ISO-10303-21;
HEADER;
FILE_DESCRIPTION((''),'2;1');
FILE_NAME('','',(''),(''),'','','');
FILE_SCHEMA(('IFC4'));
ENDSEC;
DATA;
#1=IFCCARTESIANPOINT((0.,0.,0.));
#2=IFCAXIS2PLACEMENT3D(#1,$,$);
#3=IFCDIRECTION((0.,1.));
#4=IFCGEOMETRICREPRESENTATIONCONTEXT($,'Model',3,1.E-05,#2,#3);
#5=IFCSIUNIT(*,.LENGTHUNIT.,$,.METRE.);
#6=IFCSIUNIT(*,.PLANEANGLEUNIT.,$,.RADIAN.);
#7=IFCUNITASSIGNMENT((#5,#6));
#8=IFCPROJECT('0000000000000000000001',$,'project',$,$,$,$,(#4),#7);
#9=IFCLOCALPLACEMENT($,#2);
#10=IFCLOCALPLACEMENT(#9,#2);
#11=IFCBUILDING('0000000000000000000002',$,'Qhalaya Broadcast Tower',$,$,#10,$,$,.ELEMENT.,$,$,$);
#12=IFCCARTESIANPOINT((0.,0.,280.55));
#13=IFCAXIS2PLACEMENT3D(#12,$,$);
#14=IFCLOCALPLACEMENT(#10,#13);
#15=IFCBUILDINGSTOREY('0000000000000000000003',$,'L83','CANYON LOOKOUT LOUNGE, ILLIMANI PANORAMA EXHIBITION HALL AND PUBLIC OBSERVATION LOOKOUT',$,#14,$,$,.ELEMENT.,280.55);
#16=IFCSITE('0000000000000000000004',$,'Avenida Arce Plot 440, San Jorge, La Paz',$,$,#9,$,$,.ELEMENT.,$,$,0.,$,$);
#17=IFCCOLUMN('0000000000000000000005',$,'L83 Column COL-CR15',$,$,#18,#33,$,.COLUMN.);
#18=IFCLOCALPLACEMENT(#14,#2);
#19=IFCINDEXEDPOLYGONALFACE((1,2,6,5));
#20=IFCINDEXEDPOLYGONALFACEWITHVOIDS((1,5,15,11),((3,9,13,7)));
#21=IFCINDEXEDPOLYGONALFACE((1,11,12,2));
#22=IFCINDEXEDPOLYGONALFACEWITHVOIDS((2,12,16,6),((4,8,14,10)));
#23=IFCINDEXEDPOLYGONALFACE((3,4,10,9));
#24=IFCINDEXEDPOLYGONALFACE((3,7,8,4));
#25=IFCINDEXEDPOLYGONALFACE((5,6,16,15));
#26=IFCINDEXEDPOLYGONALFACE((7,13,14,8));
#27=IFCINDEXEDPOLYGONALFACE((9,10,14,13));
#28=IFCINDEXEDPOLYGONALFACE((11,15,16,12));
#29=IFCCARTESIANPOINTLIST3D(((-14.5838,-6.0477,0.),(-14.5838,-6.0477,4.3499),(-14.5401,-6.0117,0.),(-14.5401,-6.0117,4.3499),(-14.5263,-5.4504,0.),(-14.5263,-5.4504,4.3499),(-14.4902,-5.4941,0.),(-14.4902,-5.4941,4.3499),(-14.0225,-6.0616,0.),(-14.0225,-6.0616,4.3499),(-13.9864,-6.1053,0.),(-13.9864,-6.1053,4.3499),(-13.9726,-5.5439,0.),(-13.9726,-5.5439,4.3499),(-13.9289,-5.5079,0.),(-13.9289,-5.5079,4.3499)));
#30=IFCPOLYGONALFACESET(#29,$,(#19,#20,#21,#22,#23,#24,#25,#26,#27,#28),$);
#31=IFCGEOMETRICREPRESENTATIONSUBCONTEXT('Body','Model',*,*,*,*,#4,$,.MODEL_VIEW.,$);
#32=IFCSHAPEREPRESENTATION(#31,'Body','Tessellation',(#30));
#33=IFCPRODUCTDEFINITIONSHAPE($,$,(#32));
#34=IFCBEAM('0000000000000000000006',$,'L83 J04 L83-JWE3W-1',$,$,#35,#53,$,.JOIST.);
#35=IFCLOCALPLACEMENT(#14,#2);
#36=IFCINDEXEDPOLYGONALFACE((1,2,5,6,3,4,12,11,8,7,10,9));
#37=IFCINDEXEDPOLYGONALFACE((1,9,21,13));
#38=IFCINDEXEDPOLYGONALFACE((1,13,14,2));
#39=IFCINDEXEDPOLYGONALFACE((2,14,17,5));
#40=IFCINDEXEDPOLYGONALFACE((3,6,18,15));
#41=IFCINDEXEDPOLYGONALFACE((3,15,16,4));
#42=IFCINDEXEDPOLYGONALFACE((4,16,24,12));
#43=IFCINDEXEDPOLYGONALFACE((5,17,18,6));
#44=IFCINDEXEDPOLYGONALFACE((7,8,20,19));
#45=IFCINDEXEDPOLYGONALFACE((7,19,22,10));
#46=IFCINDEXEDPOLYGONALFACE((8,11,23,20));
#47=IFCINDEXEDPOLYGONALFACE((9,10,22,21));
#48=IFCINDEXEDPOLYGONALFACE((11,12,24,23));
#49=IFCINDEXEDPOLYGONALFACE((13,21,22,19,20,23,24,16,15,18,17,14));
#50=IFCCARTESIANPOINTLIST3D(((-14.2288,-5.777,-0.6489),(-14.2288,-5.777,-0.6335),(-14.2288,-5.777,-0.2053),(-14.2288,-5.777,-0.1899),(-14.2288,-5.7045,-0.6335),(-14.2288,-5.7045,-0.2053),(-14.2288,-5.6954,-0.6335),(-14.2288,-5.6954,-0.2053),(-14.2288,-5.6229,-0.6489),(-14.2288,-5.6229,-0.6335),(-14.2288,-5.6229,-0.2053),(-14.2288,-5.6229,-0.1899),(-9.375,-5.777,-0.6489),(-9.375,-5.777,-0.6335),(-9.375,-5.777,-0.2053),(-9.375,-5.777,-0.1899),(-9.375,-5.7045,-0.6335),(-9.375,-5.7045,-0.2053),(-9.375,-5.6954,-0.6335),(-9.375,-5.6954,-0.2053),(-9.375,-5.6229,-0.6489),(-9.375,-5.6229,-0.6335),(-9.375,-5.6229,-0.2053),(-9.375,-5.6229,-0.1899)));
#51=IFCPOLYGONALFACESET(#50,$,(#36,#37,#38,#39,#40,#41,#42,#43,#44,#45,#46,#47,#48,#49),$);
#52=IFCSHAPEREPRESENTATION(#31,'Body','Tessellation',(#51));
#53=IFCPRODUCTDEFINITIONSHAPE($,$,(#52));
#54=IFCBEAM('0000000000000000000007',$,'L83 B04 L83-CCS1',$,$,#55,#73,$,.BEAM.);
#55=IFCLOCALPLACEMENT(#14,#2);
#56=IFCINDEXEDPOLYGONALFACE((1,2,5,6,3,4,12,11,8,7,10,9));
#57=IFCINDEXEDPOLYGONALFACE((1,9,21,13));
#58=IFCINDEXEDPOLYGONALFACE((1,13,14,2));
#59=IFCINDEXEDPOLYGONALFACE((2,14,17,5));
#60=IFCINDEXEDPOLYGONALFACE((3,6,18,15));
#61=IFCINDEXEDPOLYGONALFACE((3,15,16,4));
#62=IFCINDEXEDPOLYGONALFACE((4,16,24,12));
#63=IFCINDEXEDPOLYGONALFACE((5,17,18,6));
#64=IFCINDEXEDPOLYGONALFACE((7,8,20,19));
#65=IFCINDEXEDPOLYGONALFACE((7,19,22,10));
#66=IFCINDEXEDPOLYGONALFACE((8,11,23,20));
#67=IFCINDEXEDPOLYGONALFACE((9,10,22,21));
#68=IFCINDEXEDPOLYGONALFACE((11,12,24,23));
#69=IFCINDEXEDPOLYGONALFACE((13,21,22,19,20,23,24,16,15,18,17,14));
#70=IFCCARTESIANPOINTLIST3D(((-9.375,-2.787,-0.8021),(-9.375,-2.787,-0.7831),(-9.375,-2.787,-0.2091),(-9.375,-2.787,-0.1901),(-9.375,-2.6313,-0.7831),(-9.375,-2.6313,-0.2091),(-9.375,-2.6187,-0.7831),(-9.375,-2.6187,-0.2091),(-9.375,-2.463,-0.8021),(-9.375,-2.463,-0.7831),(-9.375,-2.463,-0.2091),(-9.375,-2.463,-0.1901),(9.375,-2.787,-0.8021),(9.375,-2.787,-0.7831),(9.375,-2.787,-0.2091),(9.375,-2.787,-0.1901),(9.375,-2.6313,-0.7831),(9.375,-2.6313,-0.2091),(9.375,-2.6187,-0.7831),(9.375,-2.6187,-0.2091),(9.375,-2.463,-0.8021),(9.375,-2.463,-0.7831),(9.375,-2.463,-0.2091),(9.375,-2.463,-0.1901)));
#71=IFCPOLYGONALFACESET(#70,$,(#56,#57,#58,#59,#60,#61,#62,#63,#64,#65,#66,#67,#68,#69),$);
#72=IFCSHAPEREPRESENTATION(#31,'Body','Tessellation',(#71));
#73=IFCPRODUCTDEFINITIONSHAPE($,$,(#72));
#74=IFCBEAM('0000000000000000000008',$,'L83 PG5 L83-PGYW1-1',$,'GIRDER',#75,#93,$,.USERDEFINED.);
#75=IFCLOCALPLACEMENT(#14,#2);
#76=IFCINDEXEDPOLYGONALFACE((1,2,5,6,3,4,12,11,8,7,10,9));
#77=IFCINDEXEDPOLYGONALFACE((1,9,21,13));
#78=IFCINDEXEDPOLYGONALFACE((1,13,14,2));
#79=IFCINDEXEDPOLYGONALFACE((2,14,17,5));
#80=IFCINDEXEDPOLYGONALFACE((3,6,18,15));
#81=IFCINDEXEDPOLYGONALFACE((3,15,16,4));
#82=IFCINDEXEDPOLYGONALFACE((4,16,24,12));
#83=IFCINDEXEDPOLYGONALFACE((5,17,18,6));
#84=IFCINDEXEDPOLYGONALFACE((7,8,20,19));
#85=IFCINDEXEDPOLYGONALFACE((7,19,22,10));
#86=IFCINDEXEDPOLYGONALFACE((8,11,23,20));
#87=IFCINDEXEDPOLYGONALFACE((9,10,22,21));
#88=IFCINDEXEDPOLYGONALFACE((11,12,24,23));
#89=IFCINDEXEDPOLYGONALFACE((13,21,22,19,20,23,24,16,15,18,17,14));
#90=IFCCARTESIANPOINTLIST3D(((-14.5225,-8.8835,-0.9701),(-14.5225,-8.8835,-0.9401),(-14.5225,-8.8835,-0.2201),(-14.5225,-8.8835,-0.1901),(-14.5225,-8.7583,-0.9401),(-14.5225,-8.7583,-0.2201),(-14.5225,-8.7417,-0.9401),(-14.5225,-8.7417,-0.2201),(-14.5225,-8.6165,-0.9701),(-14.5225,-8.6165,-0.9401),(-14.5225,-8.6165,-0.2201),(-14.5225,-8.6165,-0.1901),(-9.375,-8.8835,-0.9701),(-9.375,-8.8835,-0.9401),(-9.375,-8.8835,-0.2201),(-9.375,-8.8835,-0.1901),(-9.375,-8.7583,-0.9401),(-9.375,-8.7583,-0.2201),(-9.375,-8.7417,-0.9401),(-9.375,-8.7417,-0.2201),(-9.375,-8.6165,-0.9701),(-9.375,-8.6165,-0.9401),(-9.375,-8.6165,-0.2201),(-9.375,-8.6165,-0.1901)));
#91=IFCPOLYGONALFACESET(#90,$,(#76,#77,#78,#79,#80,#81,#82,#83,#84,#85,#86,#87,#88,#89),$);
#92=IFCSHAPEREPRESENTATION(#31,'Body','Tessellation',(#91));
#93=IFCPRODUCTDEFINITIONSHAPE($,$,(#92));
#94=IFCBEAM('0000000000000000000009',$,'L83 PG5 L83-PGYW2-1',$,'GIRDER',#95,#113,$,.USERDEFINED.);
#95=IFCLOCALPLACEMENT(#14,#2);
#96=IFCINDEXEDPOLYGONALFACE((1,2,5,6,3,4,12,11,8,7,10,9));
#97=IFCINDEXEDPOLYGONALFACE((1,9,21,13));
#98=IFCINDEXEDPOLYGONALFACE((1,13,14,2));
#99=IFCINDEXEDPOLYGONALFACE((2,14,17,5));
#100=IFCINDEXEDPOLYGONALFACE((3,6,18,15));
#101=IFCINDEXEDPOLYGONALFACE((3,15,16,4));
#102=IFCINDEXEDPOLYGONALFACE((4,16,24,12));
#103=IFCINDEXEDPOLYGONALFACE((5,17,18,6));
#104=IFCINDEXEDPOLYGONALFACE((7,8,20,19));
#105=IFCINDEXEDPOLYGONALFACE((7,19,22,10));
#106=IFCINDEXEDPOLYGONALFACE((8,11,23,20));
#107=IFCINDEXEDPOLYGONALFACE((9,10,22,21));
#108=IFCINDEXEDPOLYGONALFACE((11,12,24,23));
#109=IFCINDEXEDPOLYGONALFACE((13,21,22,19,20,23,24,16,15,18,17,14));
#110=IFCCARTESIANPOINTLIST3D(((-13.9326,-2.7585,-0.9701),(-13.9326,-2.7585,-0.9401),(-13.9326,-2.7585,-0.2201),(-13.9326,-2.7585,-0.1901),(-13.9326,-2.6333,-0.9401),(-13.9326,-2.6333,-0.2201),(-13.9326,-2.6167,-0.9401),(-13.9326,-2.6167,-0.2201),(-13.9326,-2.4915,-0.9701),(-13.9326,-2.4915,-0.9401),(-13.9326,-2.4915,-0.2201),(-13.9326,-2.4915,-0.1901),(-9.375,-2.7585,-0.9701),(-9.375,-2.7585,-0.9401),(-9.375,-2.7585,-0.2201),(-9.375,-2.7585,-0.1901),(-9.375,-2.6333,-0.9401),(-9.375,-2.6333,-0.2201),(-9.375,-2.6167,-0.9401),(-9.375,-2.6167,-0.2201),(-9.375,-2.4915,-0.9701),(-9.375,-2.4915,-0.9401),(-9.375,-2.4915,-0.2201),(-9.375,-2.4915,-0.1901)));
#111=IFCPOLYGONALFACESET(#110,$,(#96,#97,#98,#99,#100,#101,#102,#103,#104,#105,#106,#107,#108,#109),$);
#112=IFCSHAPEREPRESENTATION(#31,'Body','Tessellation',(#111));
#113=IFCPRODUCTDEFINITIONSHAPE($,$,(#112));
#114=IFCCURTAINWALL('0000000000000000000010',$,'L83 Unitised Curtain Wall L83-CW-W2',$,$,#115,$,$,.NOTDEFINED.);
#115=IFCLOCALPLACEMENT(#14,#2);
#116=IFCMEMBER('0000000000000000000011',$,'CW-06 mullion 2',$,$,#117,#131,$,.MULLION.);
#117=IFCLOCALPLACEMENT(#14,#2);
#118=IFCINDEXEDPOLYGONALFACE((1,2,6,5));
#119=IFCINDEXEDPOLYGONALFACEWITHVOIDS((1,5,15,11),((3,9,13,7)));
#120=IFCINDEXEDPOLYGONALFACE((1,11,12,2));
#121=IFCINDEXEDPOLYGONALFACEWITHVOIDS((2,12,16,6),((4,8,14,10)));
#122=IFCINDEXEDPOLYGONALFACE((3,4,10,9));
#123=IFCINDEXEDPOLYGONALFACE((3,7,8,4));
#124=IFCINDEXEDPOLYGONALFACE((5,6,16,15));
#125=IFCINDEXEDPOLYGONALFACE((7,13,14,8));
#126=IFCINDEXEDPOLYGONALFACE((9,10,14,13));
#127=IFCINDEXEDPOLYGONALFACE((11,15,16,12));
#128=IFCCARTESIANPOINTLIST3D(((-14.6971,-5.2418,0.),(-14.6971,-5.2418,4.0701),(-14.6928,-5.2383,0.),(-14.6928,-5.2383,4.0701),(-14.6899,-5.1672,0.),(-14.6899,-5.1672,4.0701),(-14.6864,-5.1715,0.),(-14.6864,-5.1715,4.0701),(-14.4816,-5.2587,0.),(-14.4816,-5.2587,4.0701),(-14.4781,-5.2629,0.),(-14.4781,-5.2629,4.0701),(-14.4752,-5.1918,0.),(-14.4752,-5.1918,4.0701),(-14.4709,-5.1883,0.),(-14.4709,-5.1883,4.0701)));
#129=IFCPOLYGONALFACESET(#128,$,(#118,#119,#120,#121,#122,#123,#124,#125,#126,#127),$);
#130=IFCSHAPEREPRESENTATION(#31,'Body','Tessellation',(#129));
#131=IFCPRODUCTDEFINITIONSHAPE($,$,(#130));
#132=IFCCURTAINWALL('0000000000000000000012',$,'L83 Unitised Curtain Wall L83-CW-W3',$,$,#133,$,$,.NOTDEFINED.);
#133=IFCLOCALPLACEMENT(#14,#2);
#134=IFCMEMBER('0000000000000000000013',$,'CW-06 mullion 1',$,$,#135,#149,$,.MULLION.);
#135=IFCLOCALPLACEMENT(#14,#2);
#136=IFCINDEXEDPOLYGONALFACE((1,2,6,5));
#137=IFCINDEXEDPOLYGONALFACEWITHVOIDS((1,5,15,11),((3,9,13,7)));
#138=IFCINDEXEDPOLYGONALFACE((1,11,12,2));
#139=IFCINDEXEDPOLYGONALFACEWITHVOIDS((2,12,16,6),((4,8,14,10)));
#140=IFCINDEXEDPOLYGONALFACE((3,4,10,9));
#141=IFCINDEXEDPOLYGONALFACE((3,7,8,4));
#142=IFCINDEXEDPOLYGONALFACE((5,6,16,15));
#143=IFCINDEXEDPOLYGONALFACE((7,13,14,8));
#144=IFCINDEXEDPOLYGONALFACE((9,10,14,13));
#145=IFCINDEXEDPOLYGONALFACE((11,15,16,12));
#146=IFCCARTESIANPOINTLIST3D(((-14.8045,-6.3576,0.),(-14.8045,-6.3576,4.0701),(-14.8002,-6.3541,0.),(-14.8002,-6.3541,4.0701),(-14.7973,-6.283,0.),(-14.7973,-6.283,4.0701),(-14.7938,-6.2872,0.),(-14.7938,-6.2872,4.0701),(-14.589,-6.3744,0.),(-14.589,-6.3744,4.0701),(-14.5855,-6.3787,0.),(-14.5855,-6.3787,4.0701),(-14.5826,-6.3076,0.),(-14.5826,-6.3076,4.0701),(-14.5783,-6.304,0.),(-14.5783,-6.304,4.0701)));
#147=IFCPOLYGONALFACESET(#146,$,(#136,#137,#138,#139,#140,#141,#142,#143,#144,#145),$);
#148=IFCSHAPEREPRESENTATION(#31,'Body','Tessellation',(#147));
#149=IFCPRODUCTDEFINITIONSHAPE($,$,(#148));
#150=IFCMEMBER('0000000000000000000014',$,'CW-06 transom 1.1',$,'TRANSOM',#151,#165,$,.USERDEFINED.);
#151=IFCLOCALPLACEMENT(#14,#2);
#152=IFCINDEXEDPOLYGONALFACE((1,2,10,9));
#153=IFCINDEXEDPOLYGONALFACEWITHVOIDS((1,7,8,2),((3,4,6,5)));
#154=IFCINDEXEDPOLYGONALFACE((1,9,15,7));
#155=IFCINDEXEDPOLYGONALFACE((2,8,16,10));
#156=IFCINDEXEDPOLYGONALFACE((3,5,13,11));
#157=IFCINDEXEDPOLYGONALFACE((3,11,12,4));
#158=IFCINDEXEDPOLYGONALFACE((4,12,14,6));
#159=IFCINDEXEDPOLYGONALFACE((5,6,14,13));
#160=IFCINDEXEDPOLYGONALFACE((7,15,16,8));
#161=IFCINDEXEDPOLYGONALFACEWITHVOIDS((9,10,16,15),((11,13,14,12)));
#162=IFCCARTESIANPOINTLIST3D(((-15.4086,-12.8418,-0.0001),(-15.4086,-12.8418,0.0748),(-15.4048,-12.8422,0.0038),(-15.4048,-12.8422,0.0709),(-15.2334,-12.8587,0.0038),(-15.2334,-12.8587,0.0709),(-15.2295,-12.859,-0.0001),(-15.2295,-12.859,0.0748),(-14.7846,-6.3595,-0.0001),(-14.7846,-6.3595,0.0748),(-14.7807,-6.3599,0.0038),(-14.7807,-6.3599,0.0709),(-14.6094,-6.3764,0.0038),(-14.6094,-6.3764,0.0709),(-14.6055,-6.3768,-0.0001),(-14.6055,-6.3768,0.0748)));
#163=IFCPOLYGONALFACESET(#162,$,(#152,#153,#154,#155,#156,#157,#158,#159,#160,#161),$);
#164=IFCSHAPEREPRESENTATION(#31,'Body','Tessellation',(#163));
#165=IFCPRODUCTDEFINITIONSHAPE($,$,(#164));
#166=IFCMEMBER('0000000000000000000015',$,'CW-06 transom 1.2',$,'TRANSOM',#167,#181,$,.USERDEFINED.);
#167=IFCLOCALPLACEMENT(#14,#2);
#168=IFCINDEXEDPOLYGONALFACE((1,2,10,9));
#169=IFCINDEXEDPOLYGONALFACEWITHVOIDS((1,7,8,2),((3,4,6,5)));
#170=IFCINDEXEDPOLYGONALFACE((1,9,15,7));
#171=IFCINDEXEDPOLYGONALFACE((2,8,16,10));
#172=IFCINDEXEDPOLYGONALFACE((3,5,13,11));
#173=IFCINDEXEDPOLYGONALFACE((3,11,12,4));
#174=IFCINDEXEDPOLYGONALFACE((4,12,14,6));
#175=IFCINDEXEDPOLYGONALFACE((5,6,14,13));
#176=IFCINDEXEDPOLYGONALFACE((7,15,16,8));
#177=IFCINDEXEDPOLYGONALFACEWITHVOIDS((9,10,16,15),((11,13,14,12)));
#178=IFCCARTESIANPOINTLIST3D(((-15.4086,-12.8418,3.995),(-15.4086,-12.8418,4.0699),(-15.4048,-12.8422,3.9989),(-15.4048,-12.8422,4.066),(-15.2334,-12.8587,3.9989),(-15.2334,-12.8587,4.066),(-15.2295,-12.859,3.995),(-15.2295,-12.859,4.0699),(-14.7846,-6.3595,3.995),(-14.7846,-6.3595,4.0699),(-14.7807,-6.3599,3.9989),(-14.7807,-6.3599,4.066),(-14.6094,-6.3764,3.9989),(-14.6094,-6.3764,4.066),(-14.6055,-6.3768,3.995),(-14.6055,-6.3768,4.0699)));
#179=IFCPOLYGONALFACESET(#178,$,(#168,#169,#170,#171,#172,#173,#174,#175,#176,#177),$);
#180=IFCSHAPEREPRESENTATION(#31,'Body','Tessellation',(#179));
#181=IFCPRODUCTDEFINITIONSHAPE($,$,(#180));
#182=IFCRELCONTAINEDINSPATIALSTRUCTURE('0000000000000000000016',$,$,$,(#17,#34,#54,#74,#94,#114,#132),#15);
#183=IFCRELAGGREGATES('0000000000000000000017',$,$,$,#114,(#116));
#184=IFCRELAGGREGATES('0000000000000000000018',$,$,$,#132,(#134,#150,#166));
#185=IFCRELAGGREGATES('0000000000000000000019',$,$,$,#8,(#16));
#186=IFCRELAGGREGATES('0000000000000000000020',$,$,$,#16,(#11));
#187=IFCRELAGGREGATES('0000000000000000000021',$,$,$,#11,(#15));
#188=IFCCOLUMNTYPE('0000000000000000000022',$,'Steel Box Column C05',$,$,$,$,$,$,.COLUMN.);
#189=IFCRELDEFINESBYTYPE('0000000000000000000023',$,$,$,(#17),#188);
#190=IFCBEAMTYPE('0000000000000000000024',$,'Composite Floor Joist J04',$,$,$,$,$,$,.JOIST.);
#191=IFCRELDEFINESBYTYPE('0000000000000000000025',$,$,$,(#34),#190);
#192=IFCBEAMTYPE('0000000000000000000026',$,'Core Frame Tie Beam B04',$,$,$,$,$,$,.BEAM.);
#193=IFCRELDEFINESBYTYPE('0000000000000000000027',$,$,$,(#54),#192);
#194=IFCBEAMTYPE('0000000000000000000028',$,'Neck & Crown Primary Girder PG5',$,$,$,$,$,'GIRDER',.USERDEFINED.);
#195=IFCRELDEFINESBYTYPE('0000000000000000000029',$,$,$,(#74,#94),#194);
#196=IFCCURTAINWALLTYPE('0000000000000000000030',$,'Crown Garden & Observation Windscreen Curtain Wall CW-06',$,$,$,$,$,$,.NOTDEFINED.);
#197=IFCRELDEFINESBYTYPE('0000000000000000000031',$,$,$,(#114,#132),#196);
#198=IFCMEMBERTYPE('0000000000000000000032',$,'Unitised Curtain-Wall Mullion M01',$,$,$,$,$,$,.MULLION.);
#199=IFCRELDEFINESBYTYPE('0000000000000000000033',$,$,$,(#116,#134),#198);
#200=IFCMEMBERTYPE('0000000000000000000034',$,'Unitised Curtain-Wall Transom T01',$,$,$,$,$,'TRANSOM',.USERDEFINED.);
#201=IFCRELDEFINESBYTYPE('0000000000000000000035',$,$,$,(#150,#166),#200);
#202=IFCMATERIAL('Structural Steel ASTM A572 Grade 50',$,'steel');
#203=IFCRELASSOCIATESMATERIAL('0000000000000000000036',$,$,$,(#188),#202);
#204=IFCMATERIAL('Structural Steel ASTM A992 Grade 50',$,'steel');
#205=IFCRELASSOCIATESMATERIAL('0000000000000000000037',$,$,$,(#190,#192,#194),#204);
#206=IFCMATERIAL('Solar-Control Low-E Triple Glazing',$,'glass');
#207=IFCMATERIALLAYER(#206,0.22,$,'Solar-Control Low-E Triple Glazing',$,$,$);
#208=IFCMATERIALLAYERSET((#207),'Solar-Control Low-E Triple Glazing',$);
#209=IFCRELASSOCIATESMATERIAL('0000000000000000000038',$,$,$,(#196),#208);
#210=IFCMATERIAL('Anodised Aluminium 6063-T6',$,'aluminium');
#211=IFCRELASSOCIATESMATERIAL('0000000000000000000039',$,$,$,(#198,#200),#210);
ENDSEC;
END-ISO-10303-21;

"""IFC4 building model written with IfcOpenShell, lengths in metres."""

from ifc_helpers import new_model, si_unit, direction, frame, origin, origin_2d, place, context, subcontext, project, spatial, hollow_rectangle, i_section, extrude, material, layer, layer_set, material_profile, profile_set, type_object, element, aggregate, save


model = new_model("IFC4")

# Units and contexts
model_context = context("Model", 3, precision=1e-05, world=origin(), true_north=direction((0.0, 1.0)))
body_context = subcontext(model_context, "Body", "Model", "MODEL_VIEW")
ifc_project = project(units=[si_unit("LENGTHUNIT", "METRE"), si_unit("PLANEANGLEUNIT", "RADIAN")], contexts=[model_context])

# Site, building, storey
site_placement = place(None, origin())
site = spatial("IfcSite", under=ifc_project, at=site_placement, Name="Avenida Arce Plot 440, San Jorge, La Paz", CompositionType="ELEMENT", RefElevation=0.0)
building_placement = place(site_placement, origin())
building = spatial("IfcBuilding", under=site, at=building_placement, Name="Qhalaya Broadcast Tower", CompositionType="ELEMENT")
storey_placement = place(building_placement, frame((0.0, 0.0, 280.55)))
storey = spatial("IfcBuildingStorey", under=building, at=storey_placement, Name="L83", Description="CANYON LOOKOUT LOUNGE, ILLIMANI PANORAMA EXHIBITION HALL AND PUBLIC OBSERVATION LOOKOUT", CompositionType="ELEMENT", Elevation=280.55)

# Column
ifc_material_1 = material(Name="Structural Steel ASTM A572 Grade 50", Category="steel")
ifc_material_profile_1 = material_profile(ifc_material_1, hollow_rectangle(XDim=0.6001, YDim=0.6001, WallThickness=0.04, at=origin_2d()), Name="BOX 600x600x40")
ifc_profile_set_1 = profile_set([ifc_material_profile_1], Name="Structural Steel ASTM A572 Grade 50")
column_type = type_object("IfcColumnType", Name="Steel Box Column C05", PredefinedType="COLUMN", material=ifc_profile_set_1)
column_placement = place(storey_placement, frame((-14.2563, -5.7778, 0.0), z_axis=(0.0, 0.0, 1.0), x_axis=(0.095846, 0.995396, 0.0)))
element("IfcColumn", 1, at=column_placement, inside=storey, type_object=column_type, Name="L83 Column COL-CR15", PredefinedType="COLUMN", context=body_context, shape_type="SweptSolid", body=[
    extrude(hollow_rectangle(XDim=0.6001, YDim=0.6001, WallThickness=0.04, at=origin_2d()), origin(), (0.0, 0.0, 1.0), 4.3499),
])

# Beams
ifc_material_2 = material(Name="Structural Steel ASTM A992 Grade 50", Category="steel")
ifc_material_profile_2 = material_profile(ifc_material_2, i_section(OverallWidth=0.1541, OverallDepth=0.459, WebThickness=0.009, FlangeThickness=0.0154, at=origin_2d()), Name="W18X46")
ifc_profile_set_2 = profile_set([ifc_material_profile_2], Name="Structural Steel ASTM A992 Grade 50")
beam_type_1 = type_object("IfcBeamType", Name="Composite Floor Joist J04", PredefinedType="JOIST", material=ifc_profile_set_2)
beam_1_placement = place(storey_placement, frame((-14.2288, -5.7, -0.4194), z_axis=(1.0, 0.0, 0.0), x_axis=(0.0, 1.0, 0.0)))
element("IfcBeam", 2, at=beam_1_placement, inside=storey, type_object=beam_type_1, Name="L83 J04 L83-JWE3W-1", PredefinedType="JOIST", context=body_context, shape_type="SweptSolid", body=[
    extrude(i_section(OverallWidth=0.1541, OverallDepth=0.459, WebThickness=0.009, FlangeThickness=0.0154, at=origin_2d()), origin(), (0.0, 0.0, 1.0), 4.8538),
])
ifc_material_profile_3 = material_profile(ifc_material_2, i_section(OverallWidth=0.324, OverallDepth=0.6121, WebThickness=0.0127, FlangeThickness=0.019, at=origin_2d()), Name="W24X104")
ifc_profile_set_3 = profile_set([ifc_material_profile_3], Name="Structural Steel ASTM A992 Grade 50")
beam_type_2 = type_object("IfcBeamType", Name="Core Frame Tie Beam B04", PredefinedType="BEAM", material=ifc_profile_set_3)
beam_2_placement = place(storey_placement, frame((-9.375, -2.625, -0.4961), z_axis=(1.0, 0.0, 0.0), x_axis=(0.0, 1.0, 0.0)))
element("IfcBeam", 3, at=beam_2_placement, inside=storey, type_object=beam_type_2, Name="L83 B04 L83-CCS1", PredefinedType="BEAM", context=body_context, shape_type="SweptSolid", body=[
    extrude(i_section(OverallWidth=0.324, OverallDepth=0.6121, WebThickness=0.0127, FlangeThickness=0.019, at=origin_2d()), origin(), (0.0, 0.0, 1.0), 18.75),
])
ifc_material_profile_4 = material_profile(ifc_material_2, i_section(OverallWidth=0.2671, OverallDepth=0.78, WebThickness=0.0166, FlangeThickness=0.03, at=origin_2d()), Name="W30X148")
ifc_profile_set_4 = profile_set([ifc_material_profile_4], Name="Structural Steel ASTM A992 Grade 50")
beam_type_3 = type_object("IfcBeamType", Name="Neck & Crown Primary Girder PG5", ElementType="GIRDER", PredefinedType="USERDEFINED", material=ifc_profile_set_4)
beam_3_placement = place(storey_placement, frame((-14.5225, -8.75, -0.5801), z_axis=(1.0, 0.0, 0.0), x_axis=(0.0, 1.0, 0.0)))
element("IfcBeam", 4, at=beam_3_placement, inside=storey, type_object=beam_type_3, Name="L83 PG5 L83-PGYW1-1", ObjectType="GIRDER", PredefinedType="USERDEFINED", context=body_context, shape_type="SweptSolid", body=[
    extrude(i_section(OverallWidth=0.2671, OverallDepth=0.78, WebThickness=0.0166, FlangeThickness=0.03, at=origin_2d()), origin(), (0.0, 0.0, 1.0), 5.1475),
])
beam_4_placement = place(storey_placement, frame((-13.9326, -2.625, -0.5801), z_axis=(1.0, 0.0, 0.0), x_axis=(0.0, 1.0, 0.0)))
element("IfcBeam", 5, at=beam_4_placement, inside=storey, type_object=beam_type_3, Name="L83 PG5 L83-PGYW2-1", ObjectType="GIRDER", PredefinedType="USERDEFINED", context=body_context, shape_type="SweptSolid", body=[
    extrude(i_section(OverallWidth=0.2671, OverallDepth=0.78, WebThickness=0.0166, FlangeThickness=0.03, at=origin_2d()), origin(), (0.0, 0.0, 1.0), 4.5576),
])

# Curtain wall, member
ifc_material_3 = material(Name="Solar-Control Low-E Triple Glazing", Category="glass")
ifc_layer_1 = layer(ifc_material_3, 0.22, Name="Solar-Control Low-E Triple Glazing")
ifc_layer_set_1 = layer_set([ifc_layer_1], Name="Solar-Control Low-E Triple Glazing")
curtain_wall_type = type_object("IfcCurtainWallType", Name="Crown Garden & Observation Windscreen Curtain Wall CW-06", PredefinedType="NOTDEFINED", material=ifc_layer_set_1)
curtain_wall_1_placement = place(storey_placement, origin())
curtain_wall_1 = element("IfcCurtainWall", 6, at=curtain_wall_1_placement, inside=storey, type_object=curtain_wall_type, Name="L83 Unitised Curtain Wall L83-CW-W2", PredefinedType="NOTDEFINED")
ifc_material_4 = material(Name="Anodised Aluminium 6063-T6", Category="aluminium")
ifc_material_profile_5 = material_profile(ifc_material_4, hollow_rectangle(XDim=0.075, YDim=0.22, WallThickness=0.0039, at=origin_2d()), Name="ALU-MUL 75x220x4")
ifc_profile_set_5 = profile_set([ifc_material_profile_5], Name="Anodised Aluminium 6063-T6")
member_type_1 = type_object("IfcMemberType", Name="Unitised Curtain-Wall Mullion M01", PredefinedType="MULLION", material=ifc_profile_set_5)
member_1_placement = place(storey_placement, frame((-14.584, -5.2151, 0.0), z_axis=(0.0, 0.0, 1.0), x_axis=(-0.095846, -0.995396, 0.0)))
member_1 = element("IfcMember", 7, at=member_1_placement, type_object=member_type_1, Name="CW-06 mullion 2", PredefinedType="MULLION", context=body_context, shape_type="SweptSolid", body=[
    extrude(hollow_rectangle(XDim=0.075, YDim=0.22, WallThickness=0.0039, at=origin_2d()), origin(), (0.0, 0.0, 1.0), 4.0701),
])
aggregate(curtain_wall_1, [member_1])

# Curtain wall, members
curtain_wall_2_placement = place(storey_placement, origin())
curtain_wall_2 = element("IfcCurtainWall", 8, at=curtain_wall_2_placement, inside=storey, type_object=curtain_wall_type, Name="L83 Unitised Curtain Wall L83-CW-W3", PredefinedType="NOTDEFINED")
member_2_placement = place(storey_placement, frame((-14.6914, -6.3308, 0.0), z_axis=(0.0, 0.0, 1.0), x_axis=(-0.095843, -0.995397, 0.0)))
member_2 = element("IfcMember", 9, at=member_2_placement, type_object=member_type_1, Name="CW-06 mullion 1", PredefinedType="MULLION", context=body_context, shape_type="SweptSolid", body=[
    extrude(hollow_rectangle(XDim=0.075, YDim=0.22, WallThickness=0.0039, at=origin_2d()), origin(), (0.0, 0.0, 1.0), 4.0701),
])
ifc_material_profile_6 = material_profile(ifc_material_4, hollow_rectangle(XDim=0.075, YDim=0.1799, WallThickness=0.0039, at=origin_2d()), Name="ALU-TRN 75x180x4")
ifc_profile_set_6 = profile_set([ifc_material_profile_6], Name="Anodised Aluminium 6063-T6")
member_type_2 = type_object("IfcMemberType", Name="Unitised Curtain-Wall Transom T01", ElementType="TRANSOM", PredefinedType="USERDEFINED", material=ifc_profile_set_6)
member_3_placement = place(storey_placement, frame((-14.6951, -6.3682, 0.0374), z_axis=(-0.095825, -0.995398, 0.0), x_axis=(0.0, 0.0, 1.0)))
member_3 = element("IfcMember", 10, at=member_3_placement, type_object=member_type_2, Name="CW-06 transom 1.1", ObjectType="TRANSOM", PredefinedType="USERDEFINED", context=body_context, shape_type="SweptSolid", body=[
    extrude(hollow_rectangle(XDim=0.075, YDim=0.1799, WallThickness=0.0039, at=origin_2d()), origin(), (0.0, 0.0, 1.0), 6.5122),
])
member_4_placement = place(storey_placement, frame((-14.6951, -6.3682, 4.0325), z_axis=(-0.095825, -0.995398, 0.0), x_axis=(0.0, 0.0, 1.0)))
member_4 = element("IfcMember", 11, at=member_4_placement, type_object=member_type_2, Name="CW-06 transom 1.2", ObjectType="TRANSOM", PredefinedType="USERDEFINED", context=body_context, shape_type="SweptSolid", body=[
    extrude(hollow_rectangle(XDim=0.075, YDim=0.1799, WallThickness=0.0039, at=origin_2d()), origin(), (0.0, 0.0, 1.0), 6.5122),
])
aggregate(curtain_wall_2, [member_2, member_3, member_4])

save(model, "model.ifc")
